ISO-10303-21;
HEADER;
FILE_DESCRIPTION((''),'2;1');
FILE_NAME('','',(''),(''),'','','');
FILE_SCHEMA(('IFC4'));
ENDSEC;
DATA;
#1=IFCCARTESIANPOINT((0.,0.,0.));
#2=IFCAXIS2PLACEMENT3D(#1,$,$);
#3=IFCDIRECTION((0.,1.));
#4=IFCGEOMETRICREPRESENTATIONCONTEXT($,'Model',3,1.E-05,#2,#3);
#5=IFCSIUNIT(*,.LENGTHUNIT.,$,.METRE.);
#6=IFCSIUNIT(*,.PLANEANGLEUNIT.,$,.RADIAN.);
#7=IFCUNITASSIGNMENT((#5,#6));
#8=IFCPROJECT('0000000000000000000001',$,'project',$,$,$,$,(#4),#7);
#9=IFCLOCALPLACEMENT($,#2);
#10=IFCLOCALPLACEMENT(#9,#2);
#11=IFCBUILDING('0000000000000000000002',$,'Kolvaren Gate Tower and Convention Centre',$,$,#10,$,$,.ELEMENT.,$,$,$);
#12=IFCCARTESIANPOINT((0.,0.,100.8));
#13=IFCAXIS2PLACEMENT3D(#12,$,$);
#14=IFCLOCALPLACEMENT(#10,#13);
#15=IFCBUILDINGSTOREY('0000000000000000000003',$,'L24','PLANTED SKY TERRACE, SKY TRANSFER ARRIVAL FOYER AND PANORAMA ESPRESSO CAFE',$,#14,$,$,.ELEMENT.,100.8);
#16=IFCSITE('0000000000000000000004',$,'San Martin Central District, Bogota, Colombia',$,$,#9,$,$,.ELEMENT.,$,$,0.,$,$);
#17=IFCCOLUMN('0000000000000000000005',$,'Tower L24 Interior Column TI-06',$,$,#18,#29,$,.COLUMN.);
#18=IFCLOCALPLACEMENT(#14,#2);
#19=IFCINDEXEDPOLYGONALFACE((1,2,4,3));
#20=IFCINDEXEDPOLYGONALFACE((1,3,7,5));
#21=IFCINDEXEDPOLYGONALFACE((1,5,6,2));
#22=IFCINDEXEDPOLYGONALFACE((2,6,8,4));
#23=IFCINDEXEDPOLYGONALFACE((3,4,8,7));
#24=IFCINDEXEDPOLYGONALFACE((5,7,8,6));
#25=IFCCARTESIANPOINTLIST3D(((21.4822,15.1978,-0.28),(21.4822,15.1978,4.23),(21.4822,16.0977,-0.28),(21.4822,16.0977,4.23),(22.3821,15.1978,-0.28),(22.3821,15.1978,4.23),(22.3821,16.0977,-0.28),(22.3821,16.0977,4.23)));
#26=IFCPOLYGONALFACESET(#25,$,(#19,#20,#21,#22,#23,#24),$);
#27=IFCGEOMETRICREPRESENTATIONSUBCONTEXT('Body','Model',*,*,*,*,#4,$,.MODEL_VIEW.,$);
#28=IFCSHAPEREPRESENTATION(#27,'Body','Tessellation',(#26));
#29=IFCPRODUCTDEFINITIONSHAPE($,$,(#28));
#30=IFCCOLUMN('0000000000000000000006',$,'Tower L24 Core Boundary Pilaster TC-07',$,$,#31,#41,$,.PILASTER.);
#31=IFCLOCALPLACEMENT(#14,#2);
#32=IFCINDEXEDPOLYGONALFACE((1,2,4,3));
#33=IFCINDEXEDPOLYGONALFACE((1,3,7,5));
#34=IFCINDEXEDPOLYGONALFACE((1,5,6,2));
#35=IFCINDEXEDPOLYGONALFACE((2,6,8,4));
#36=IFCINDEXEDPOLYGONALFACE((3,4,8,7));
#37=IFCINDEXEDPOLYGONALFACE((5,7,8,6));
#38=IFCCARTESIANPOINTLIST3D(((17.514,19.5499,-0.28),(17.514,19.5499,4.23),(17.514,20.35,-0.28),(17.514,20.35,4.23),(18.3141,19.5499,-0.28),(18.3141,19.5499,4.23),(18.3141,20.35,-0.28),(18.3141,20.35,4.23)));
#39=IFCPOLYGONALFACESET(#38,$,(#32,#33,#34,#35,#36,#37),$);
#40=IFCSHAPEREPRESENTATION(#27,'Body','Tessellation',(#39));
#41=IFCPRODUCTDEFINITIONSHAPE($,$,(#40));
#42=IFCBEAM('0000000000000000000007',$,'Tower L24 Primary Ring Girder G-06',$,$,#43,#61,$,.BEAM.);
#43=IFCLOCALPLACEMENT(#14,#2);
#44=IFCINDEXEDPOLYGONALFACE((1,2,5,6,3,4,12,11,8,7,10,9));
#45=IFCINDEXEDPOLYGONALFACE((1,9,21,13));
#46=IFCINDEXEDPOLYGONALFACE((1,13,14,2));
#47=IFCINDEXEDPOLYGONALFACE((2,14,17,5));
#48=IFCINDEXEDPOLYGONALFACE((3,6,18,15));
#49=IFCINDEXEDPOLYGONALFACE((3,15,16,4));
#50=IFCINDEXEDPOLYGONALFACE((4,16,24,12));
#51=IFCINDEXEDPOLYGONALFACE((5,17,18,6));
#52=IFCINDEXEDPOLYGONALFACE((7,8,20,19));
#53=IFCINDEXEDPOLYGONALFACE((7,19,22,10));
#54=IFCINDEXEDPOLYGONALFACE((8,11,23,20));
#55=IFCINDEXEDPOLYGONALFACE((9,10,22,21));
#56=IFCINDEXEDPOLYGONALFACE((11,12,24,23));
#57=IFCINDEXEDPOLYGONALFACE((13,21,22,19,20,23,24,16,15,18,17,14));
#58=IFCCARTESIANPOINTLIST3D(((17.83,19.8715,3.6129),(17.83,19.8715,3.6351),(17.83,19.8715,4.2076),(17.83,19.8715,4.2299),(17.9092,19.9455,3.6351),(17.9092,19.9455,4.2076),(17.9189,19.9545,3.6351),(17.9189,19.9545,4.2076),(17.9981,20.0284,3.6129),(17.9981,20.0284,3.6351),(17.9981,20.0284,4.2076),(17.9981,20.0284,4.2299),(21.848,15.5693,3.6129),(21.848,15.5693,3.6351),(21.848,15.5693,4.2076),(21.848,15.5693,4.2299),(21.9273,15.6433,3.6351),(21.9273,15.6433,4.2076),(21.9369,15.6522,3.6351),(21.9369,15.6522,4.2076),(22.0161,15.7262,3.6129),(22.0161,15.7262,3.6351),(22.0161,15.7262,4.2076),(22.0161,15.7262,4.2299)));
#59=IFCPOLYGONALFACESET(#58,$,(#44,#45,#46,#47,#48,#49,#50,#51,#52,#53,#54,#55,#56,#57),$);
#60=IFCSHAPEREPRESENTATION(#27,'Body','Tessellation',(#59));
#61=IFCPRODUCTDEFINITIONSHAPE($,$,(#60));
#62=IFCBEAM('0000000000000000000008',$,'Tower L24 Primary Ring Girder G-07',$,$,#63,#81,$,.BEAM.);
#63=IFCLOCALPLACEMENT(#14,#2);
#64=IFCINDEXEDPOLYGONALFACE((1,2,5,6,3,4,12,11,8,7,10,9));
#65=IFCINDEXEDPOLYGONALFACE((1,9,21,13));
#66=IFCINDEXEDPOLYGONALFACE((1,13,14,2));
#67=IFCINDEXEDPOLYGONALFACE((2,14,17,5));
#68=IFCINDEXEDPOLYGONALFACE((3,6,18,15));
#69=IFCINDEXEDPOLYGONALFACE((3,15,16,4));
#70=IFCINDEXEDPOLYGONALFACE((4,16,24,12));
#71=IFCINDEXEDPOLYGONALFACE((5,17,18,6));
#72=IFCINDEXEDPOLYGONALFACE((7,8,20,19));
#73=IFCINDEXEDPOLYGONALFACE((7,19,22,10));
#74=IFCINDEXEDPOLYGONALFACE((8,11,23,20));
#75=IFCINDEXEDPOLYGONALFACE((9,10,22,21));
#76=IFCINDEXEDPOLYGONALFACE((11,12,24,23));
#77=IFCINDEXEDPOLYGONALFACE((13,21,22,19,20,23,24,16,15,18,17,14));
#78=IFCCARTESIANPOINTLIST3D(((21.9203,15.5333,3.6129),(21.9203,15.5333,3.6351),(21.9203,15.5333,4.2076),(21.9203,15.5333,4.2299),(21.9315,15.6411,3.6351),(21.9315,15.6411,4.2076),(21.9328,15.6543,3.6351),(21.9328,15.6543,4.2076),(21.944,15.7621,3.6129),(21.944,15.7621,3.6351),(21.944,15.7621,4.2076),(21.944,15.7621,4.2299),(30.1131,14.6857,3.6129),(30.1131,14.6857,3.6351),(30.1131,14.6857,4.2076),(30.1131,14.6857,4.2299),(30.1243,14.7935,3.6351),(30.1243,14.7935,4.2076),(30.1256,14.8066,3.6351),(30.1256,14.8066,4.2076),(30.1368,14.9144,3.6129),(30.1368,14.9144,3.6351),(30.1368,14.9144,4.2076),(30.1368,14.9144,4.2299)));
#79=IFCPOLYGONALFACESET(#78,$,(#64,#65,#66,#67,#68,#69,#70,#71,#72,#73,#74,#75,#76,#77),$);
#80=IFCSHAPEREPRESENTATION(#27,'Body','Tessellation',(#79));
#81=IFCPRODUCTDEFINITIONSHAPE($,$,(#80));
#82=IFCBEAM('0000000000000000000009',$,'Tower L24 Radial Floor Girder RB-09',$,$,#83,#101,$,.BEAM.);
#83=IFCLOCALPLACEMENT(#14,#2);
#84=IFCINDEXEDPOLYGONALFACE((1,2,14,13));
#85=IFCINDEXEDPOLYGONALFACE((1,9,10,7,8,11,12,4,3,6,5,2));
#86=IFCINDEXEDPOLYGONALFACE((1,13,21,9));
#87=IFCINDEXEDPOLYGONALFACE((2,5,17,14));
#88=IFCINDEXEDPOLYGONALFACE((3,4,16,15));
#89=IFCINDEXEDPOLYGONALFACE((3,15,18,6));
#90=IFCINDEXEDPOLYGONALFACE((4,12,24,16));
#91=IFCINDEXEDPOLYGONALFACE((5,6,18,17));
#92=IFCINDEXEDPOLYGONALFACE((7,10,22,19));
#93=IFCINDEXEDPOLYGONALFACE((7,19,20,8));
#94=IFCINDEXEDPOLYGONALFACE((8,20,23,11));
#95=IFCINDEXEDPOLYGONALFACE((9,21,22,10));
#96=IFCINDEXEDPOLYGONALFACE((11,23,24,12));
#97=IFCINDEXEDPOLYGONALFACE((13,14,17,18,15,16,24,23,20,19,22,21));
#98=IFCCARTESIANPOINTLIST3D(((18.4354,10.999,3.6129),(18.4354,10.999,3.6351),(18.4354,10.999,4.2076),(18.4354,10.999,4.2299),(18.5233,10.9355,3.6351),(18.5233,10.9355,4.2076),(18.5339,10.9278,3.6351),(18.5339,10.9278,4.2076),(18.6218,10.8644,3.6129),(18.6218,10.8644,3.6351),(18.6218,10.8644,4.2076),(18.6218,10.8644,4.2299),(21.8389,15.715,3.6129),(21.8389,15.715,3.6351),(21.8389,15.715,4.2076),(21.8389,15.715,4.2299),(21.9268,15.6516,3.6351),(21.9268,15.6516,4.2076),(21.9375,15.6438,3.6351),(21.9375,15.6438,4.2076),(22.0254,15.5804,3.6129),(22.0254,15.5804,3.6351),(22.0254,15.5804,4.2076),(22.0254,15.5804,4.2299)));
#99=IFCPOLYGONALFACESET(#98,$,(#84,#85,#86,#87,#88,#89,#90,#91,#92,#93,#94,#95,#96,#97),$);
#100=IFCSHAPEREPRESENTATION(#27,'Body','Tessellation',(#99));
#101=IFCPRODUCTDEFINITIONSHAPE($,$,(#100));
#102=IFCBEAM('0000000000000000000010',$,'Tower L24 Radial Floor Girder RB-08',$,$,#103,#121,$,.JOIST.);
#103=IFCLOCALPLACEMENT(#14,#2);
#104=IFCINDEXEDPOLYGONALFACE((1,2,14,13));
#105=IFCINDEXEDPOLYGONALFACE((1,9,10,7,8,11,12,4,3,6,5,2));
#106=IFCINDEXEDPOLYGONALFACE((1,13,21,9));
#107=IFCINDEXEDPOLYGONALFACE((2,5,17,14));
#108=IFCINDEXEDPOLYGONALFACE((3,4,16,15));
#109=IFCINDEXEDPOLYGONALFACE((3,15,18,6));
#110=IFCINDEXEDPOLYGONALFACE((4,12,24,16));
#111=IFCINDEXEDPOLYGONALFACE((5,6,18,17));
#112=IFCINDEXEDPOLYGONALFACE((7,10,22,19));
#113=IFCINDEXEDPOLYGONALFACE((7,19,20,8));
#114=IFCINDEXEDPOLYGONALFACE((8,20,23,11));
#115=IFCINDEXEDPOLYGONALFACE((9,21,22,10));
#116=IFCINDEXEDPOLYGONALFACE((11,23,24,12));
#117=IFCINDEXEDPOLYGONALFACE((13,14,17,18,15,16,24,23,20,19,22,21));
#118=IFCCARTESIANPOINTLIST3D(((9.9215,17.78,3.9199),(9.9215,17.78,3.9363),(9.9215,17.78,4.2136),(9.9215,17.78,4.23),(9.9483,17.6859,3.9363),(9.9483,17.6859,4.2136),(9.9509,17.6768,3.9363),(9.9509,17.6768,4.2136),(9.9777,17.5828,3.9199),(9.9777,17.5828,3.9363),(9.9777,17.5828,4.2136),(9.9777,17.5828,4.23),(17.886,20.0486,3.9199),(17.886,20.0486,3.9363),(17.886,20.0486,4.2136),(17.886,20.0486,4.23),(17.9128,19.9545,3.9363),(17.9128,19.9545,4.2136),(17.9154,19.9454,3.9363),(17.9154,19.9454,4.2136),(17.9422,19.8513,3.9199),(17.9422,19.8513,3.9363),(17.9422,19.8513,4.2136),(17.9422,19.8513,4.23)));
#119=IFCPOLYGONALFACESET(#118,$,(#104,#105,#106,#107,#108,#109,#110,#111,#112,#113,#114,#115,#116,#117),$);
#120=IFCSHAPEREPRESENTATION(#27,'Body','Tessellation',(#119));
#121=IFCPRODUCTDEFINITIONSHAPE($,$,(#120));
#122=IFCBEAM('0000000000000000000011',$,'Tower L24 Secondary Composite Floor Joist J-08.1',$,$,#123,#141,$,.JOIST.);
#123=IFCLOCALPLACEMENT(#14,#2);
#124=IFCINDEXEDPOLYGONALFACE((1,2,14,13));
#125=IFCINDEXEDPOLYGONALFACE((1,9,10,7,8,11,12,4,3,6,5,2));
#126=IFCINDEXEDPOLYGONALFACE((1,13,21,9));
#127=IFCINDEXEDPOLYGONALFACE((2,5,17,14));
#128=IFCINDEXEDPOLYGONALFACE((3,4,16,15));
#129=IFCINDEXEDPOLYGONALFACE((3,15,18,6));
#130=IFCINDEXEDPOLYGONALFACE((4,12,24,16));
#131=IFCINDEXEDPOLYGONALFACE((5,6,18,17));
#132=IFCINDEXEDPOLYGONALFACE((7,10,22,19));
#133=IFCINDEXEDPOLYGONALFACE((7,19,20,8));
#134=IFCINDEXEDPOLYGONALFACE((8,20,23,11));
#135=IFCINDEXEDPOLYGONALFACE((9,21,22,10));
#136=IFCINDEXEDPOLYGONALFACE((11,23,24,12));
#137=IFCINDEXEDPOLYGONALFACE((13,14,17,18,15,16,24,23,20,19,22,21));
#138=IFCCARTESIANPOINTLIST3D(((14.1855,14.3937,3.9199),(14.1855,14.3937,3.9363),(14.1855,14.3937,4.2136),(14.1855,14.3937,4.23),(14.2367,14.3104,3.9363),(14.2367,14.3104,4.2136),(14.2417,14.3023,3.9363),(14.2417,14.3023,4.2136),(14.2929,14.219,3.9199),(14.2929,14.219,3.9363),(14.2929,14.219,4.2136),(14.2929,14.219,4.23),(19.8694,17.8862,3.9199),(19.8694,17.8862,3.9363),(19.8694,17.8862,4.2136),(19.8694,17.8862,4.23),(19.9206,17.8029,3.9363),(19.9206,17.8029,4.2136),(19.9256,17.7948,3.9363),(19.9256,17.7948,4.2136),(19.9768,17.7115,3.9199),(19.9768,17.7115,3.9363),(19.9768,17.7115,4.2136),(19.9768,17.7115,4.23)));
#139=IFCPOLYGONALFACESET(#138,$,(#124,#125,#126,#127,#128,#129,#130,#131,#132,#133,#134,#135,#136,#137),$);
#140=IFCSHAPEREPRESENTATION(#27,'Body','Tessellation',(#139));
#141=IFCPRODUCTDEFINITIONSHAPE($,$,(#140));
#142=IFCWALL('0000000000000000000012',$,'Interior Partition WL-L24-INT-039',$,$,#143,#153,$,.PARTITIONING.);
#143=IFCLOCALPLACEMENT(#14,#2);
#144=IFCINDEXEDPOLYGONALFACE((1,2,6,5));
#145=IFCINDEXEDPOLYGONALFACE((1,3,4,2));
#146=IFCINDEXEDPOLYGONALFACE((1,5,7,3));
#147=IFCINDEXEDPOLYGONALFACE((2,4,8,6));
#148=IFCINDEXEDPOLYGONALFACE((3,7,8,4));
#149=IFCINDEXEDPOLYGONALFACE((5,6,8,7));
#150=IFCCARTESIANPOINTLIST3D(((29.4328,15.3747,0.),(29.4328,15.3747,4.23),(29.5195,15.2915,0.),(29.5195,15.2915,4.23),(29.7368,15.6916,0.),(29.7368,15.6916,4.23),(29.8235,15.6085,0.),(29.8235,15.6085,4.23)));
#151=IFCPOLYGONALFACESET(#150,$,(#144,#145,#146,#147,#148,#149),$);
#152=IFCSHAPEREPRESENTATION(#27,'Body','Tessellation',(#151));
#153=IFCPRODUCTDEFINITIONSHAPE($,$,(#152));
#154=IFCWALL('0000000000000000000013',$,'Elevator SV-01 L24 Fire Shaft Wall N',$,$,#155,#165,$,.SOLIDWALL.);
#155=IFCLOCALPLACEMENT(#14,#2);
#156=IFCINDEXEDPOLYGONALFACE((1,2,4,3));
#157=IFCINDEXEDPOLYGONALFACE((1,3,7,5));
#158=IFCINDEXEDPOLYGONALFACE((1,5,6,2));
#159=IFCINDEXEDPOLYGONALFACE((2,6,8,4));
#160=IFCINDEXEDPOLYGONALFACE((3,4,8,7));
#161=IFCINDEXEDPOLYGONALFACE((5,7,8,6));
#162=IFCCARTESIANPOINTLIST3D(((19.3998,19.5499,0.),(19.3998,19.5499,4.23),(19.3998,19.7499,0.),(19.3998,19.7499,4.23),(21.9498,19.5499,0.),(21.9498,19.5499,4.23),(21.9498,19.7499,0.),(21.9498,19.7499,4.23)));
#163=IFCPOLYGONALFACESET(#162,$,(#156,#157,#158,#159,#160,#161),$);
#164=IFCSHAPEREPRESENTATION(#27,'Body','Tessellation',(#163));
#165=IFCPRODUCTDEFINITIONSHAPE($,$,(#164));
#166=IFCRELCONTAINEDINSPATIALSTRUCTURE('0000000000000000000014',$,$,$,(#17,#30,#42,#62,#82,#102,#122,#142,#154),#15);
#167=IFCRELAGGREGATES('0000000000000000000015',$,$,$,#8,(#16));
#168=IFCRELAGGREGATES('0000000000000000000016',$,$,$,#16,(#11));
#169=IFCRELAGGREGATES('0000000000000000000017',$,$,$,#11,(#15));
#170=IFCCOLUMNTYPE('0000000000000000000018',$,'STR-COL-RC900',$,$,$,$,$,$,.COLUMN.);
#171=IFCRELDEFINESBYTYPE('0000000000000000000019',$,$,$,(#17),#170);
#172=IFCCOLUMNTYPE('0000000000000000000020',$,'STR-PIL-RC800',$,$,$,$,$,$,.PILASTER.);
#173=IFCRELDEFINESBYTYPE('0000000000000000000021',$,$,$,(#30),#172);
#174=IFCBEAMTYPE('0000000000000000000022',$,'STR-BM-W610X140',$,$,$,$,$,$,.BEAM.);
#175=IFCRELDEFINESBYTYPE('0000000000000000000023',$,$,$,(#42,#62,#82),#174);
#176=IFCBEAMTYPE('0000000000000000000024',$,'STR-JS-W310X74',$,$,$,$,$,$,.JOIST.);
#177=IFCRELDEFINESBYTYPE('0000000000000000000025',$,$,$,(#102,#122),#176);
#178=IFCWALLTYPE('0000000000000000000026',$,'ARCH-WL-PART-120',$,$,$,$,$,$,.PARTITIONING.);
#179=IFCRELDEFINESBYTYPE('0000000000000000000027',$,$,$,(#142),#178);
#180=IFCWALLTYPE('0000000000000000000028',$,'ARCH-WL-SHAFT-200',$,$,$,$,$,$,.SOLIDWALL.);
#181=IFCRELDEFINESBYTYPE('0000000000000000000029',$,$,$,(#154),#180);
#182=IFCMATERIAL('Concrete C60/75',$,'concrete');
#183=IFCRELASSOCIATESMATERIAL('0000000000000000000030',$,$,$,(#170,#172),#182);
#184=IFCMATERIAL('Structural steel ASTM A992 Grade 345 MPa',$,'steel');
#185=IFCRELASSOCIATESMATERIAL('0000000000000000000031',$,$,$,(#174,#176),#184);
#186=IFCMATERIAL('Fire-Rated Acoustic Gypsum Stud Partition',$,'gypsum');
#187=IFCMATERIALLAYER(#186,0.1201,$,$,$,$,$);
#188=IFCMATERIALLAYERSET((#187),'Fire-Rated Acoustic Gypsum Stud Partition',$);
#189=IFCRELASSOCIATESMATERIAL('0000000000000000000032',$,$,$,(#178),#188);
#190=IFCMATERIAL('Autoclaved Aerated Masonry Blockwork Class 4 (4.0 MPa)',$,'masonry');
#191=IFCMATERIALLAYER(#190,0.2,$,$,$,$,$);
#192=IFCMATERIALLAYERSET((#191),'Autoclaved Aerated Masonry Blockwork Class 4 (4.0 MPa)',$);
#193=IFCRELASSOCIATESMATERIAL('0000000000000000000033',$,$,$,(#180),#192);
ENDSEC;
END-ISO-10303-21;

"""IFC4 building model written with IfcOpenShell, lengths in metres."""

from ifc_helpers import new_model, si_unit, direction, frame, frame_2d, origin, origin_2d, place, context, subcontext, project, spatial, rectangle, i_section, extrude, material, layer, layer_set, material_profile, profile_set, type_object, element, save


model = new_model("IFC4")

# Units and contexts
model_context = context("Model", 3, precision=1e-05, world=origin(), true_north=direction((0.0, 1.0)))
body_context = subcontext(model_context, "Body", "Model", "MODEL_VIEW")
ifc_project = project(units=[si_unit("LENGTHUNIT", "METRE"), si_unit("PLANEANGLEUNIT", "RADIAN")], contexts=[model_context])

# Site, building, storey
site_placement = place(None, origin())
site = spatial("IfcSite", under=ifc_project, at=site_placement, Name="San Martin Central District, Bogota, Colombia", CompositionType="ELEMENT", RefElevation=0.0)
building_placement = place(site_placement, origin())
building = spatial("IfcBuilding", under=site, at=building_placement, Name="Kolvaren Gate Tower and Convention Centre", CompositionType="ELEMENT")
storey_placement = place(building_placement, frame((0.0, 0.0, 100.8)))
storey = spatial("IfcBuildingStorey", under=building, at=storey_placement, Name="L24", Description="PLANTED SKY TERRACE, SKY TRANSFER ARRIVAL FOYER AND PANORAMA ESPRESSO CAFE", CompositionType="ELEMENT", Elevation=100.8)

# Columns
ifc_material_1 = material(Name="Concrete C60/75", Category="concrete")
ifc_material_profile_1 = material_profile(ifc_material_1, rectangle(XDim=0.8999, YDim=0.8999, at=origin_2d()), Name="RC-COL-900X900")
ifc_profile_set_1 = profile_set([ifc_material_profile_1], Name="Concrete C60/75")
column_type_1 = type_object("IfcColumnType", Name="STR-COL-RC900", PredefinedType="COLUMN", material=ifc_profile_set_1)
column_1_placement = place(storey_placement, frame((21.9321, 15.6477, -0.28), z_axis=(0.0, 0.0, 1.0), x_axis=(1.0, 0.0, 0.0)))
element("IfcColumn", 1, at=column_1_placement, inside=storey, type_object=column_type_1, Name="Tower L24 Interior Column TI-06", PredefinedType="COLUMN", context=body_context, shape_type="SweptSolid", body=[
    extrude(rectangle(XDim=0.8999, YDim=0.8999, at=origin_2d()), origin(), (0.0, 0.0, 1.0), 4.51),
])
ifc_material_profile_2 = material_profile(ifc_material_1, rectangle(XDim=0.8, YDim=0.8, at=origin_2d()), Name="RC-COL-800X800")
ifc_profile_set_2 = profile_set([ifc_material_profile_2], Name="Concrete C60/75")
column_type_2 = type_object("IfcColumnType", Name="STR-PIL-RC800", PredefinedType="PILASTER", material=ifc_profile_set_2)
column_2_placement = place(storey_placement, frame((17.9141, 19.95, -0.28), z_axis=(0.0, 0.0, 1.0), x_axis=(1.0, 0.0, 0.0)))
element("IfcColumn", 2, at=column_2_placement, inside=storey, type_object=column_type_2, Name="Tower L24 Core Boundary Pilaster TC-07", PredefinedType="PILASTER", context=body_context, shape_type="SweptSolid", body=[
    extrude(rectangle(XDim=0.8, YDim=0.8, at=origin_2d()), origin(), (0.0, 0.0, 1.0), 4.51),
])

# Beams
ifc_material_2 = material(Name="Structural steel ASTM A992 Grade 345 MPa", Category="steel")
ifc_material_profile_3 = material_profile(ifc_material_2, i_section(OverallWidth=0.23, OverallDepth=0.6169, WebThickness=0.0132, FlangeThickness=0.0222, at=origin_2d()), Name="W610X140")
ifc_profile_set_3 = profile_set([ifc_material_profile_3], Name="Structural steel ASTM A992 Grade 345 MPa")
beam_type_1 = type_object("IfcBeamType", Name="STR-BM-W610X140", PredefinedType="BEAM", material=ifc_profile_set_3)
beam_1_placement = place(storey_placement, frame((17.9141, 19.95, 3.9214), z_axis=(0.682558, -0.730832, 0.0), x_axis=(0.730832, 0.682558, 0.0)))
element("IfcBeam", 3, at=beam_1_placement, inside=storey, type_object=beam_type_1, Name="Tower L24 Primary Ring Girder G-06", PredefinedType="BEAM", context=body_context, shape_type="SweptSolid", body=[
    extrude(i_section(OverallWidth=0.23, OverallDepth=0.6169, WebThickness=0.0132, FlangeThickness=0.0222, at=origin_2d()), origin(), (0.0, 0.0, 1.0), 5.8867),
])
beam_2_placement = place(storey_placement, frame((21.9321, 15.6477, 3.9214), z_axis=(0.99469, -0.102913, 0.0), x_axis=(0.102913, 0.99469, 0.0)))
element("IfcBeam", 4, at=beam_2_placement, inside=storey, type_object=beam_type_1, Name="Tower L24 Primary Ring Girder G-07", PredefinedType="BEAM", context=body_context, shape_type="SweptSolid", body=[
    extrude(i_section(OverallWidth=0.23, OverallDepth=0.6169, WebThickness=0.0132, FlangeThickness=0.0222, at=origin_2d()), origin(), (0.0, 0.0, 1.0), 8.2366),
])
beam_3_placement = place(storey_placement, frame((21.9321, 15.6477, 3.9214), z_axis=(-0.58521, -0.810882, 0.0), x_axis=(0.810882, -0.58521, 0.0)))
element("IfcBeam", 5, at=beam_3_placement, inside=storey, type_object=beam_type_1, Name="Tower L24 Radial Floor Girder RB-09", PredefinedType="BEAM", context=body_context, shape_type="SweptSolid", body=[
    extrude(i_section(OverallWidth=0.23, OverallDepth=0.6169, WebThickness=0.0132, FlangeThickness=0.0222, at=origin_2d()), origin(), (0.0, 0.0, 1.0), 5.8159),
])
ifc_material_profile_4 = material_profile(ifc_material_2, i_section(OverallWidth=0.2051, OverallDepth=0.3101, WebThickness=0.0095, FlangeThickness=0.0164, at=origin_2d()), Name="W310X74")
ifc_profile_set_4 = profile_set([ifc_material_profile_4], Name="Structural steel ASTM A992 Grade 345 MPa")
beam_type_2 = type_object("IfcBeamType", Name="STR-JS-W310X74", PredefinedType="JOIST", material=ifc_profile_set_4)
beam_4_placement = place(storey_placement, frame((17.9141, 19.95, 4.075), z_axis=(-0.961746, -0.273942, 0.0), x_axis=(0.273942, -0.961746, 0.0)))
element("IfcBeam", 6, at=beam_4_placement, inside=storey, type_object=beam_type_2, Name="Tower L24 Radial Floor Girder RB-08", PredefinedType="JOIST", context=body_context, shape_type="SweptSolid", body=[
    extrude(i_section(OverallWidth=0.2051, OverallDepth=0.3101, WebThickness=0.0095, FlangeThickness=0.0164, at=origin_2d()), origin(), (0.0, 0.0, 1.0), 8.2812),
])
beam_5_placement = place(storey_placement, frame((19.9231, 17.7988, 4.075), z_axis=(-0.852014, -0.523519, 0.0), x_axis=(0.523519, -0.852014, 0.0)))
element("IfcBeam", 7, at=beam_5_placement, inside=storey, type_object=beam_type_2, Name="Tower L24 Secondary Composite Floor Joist J-08.1", PredefinedType="JOIST", context=body_context, shape_type="SweptSolid", body=[
    extrude(i_section(OverallWidth=0.2051, OverallDepth=0.3101, WebThickness=0.0095, FlangeThickness=0.0164, at=origin_2d()), origin(), (0.0, 0.0, 1.0), 6.6711),
])

# Walls
ifc_material_3 = material(Name="Fire-Rated Acoustic Gypsum Stud Partition", Category="gypsum")
ifc_layer_1 = layer(ifc_material_3, 0.1201)
ifc_layer_set_1 = layer_set([ifc_layer_1], Name="Fire-Rated Acoustic Gypsum Stud Partition")
wall_type_1 = type_object("IfcWallType", Name="ARCH-WL-PART-120", PredefinedType="PARTITIONING", material=ifc_layer_set_1)
wall_1_placement = place(storey_placement, frame((29.4761, 15.333, 0.0), z_axis=(0.0, 0.0, 1.0), x_axis=(0.692219, 0.721687, 0.0)))
element("IfcWall", 8, at=wall_1_placement, inside=storey, type_object=wall_type_1, Name="Interior Partition WL-L24-INT-039", PredefinedType="PARTITIONING", context=body_context, shape_type="SweptSolid", body=[
    extrude(rectangle(XDim=0.4392, YDim=0.1201, at=frame_2d((0.2197, 0.0))), origin(), (0.0, 0.0, 1.0), 4.23),
])
ifc_material_4 = material(Name="Autoclaved Aerated Masonry Blockwork Class 4 (4.0 MPa)", Category="masonry")
ifc_layer_2 = layer(ifc_material_4, 0.2)
ifc_layer_set_2 = layer_set([ifc_layer_2], Name="Autoclaved Aerated Masonry Blockwork Class 4 (4.0 MPa)")
wall_type_2 = type_object("IfcWallType", Name="ARCH-WL-SHAFT-200", PredefinedType="SOLIDWALL", material=ifc_layer_set_2)
wall_2_placement = place(storey_placement, frame((19.3999, 19.6499, 0.0), z_axis=(0.0, 0.0, 1.0), x_axis=(1.0, 0.0, 0.0)))
element("IfcWall", 9, at=wall_2_placement, inside=storey, type_object=wall_type_2, Name="Elevator SV-01 L24 Fire Shaft Wall N", PredefinedType="SOLIDWALL", context=body_context, shape_type="SweptSolid", body=[
    extrude(rectangle(XDim=2.55, YDim=0.2, at=frame_2d((1.2749, 0.0))), origin(), (0.0, 0.0, 1.0), 4.23),
])

save(model, "model.ifc")
